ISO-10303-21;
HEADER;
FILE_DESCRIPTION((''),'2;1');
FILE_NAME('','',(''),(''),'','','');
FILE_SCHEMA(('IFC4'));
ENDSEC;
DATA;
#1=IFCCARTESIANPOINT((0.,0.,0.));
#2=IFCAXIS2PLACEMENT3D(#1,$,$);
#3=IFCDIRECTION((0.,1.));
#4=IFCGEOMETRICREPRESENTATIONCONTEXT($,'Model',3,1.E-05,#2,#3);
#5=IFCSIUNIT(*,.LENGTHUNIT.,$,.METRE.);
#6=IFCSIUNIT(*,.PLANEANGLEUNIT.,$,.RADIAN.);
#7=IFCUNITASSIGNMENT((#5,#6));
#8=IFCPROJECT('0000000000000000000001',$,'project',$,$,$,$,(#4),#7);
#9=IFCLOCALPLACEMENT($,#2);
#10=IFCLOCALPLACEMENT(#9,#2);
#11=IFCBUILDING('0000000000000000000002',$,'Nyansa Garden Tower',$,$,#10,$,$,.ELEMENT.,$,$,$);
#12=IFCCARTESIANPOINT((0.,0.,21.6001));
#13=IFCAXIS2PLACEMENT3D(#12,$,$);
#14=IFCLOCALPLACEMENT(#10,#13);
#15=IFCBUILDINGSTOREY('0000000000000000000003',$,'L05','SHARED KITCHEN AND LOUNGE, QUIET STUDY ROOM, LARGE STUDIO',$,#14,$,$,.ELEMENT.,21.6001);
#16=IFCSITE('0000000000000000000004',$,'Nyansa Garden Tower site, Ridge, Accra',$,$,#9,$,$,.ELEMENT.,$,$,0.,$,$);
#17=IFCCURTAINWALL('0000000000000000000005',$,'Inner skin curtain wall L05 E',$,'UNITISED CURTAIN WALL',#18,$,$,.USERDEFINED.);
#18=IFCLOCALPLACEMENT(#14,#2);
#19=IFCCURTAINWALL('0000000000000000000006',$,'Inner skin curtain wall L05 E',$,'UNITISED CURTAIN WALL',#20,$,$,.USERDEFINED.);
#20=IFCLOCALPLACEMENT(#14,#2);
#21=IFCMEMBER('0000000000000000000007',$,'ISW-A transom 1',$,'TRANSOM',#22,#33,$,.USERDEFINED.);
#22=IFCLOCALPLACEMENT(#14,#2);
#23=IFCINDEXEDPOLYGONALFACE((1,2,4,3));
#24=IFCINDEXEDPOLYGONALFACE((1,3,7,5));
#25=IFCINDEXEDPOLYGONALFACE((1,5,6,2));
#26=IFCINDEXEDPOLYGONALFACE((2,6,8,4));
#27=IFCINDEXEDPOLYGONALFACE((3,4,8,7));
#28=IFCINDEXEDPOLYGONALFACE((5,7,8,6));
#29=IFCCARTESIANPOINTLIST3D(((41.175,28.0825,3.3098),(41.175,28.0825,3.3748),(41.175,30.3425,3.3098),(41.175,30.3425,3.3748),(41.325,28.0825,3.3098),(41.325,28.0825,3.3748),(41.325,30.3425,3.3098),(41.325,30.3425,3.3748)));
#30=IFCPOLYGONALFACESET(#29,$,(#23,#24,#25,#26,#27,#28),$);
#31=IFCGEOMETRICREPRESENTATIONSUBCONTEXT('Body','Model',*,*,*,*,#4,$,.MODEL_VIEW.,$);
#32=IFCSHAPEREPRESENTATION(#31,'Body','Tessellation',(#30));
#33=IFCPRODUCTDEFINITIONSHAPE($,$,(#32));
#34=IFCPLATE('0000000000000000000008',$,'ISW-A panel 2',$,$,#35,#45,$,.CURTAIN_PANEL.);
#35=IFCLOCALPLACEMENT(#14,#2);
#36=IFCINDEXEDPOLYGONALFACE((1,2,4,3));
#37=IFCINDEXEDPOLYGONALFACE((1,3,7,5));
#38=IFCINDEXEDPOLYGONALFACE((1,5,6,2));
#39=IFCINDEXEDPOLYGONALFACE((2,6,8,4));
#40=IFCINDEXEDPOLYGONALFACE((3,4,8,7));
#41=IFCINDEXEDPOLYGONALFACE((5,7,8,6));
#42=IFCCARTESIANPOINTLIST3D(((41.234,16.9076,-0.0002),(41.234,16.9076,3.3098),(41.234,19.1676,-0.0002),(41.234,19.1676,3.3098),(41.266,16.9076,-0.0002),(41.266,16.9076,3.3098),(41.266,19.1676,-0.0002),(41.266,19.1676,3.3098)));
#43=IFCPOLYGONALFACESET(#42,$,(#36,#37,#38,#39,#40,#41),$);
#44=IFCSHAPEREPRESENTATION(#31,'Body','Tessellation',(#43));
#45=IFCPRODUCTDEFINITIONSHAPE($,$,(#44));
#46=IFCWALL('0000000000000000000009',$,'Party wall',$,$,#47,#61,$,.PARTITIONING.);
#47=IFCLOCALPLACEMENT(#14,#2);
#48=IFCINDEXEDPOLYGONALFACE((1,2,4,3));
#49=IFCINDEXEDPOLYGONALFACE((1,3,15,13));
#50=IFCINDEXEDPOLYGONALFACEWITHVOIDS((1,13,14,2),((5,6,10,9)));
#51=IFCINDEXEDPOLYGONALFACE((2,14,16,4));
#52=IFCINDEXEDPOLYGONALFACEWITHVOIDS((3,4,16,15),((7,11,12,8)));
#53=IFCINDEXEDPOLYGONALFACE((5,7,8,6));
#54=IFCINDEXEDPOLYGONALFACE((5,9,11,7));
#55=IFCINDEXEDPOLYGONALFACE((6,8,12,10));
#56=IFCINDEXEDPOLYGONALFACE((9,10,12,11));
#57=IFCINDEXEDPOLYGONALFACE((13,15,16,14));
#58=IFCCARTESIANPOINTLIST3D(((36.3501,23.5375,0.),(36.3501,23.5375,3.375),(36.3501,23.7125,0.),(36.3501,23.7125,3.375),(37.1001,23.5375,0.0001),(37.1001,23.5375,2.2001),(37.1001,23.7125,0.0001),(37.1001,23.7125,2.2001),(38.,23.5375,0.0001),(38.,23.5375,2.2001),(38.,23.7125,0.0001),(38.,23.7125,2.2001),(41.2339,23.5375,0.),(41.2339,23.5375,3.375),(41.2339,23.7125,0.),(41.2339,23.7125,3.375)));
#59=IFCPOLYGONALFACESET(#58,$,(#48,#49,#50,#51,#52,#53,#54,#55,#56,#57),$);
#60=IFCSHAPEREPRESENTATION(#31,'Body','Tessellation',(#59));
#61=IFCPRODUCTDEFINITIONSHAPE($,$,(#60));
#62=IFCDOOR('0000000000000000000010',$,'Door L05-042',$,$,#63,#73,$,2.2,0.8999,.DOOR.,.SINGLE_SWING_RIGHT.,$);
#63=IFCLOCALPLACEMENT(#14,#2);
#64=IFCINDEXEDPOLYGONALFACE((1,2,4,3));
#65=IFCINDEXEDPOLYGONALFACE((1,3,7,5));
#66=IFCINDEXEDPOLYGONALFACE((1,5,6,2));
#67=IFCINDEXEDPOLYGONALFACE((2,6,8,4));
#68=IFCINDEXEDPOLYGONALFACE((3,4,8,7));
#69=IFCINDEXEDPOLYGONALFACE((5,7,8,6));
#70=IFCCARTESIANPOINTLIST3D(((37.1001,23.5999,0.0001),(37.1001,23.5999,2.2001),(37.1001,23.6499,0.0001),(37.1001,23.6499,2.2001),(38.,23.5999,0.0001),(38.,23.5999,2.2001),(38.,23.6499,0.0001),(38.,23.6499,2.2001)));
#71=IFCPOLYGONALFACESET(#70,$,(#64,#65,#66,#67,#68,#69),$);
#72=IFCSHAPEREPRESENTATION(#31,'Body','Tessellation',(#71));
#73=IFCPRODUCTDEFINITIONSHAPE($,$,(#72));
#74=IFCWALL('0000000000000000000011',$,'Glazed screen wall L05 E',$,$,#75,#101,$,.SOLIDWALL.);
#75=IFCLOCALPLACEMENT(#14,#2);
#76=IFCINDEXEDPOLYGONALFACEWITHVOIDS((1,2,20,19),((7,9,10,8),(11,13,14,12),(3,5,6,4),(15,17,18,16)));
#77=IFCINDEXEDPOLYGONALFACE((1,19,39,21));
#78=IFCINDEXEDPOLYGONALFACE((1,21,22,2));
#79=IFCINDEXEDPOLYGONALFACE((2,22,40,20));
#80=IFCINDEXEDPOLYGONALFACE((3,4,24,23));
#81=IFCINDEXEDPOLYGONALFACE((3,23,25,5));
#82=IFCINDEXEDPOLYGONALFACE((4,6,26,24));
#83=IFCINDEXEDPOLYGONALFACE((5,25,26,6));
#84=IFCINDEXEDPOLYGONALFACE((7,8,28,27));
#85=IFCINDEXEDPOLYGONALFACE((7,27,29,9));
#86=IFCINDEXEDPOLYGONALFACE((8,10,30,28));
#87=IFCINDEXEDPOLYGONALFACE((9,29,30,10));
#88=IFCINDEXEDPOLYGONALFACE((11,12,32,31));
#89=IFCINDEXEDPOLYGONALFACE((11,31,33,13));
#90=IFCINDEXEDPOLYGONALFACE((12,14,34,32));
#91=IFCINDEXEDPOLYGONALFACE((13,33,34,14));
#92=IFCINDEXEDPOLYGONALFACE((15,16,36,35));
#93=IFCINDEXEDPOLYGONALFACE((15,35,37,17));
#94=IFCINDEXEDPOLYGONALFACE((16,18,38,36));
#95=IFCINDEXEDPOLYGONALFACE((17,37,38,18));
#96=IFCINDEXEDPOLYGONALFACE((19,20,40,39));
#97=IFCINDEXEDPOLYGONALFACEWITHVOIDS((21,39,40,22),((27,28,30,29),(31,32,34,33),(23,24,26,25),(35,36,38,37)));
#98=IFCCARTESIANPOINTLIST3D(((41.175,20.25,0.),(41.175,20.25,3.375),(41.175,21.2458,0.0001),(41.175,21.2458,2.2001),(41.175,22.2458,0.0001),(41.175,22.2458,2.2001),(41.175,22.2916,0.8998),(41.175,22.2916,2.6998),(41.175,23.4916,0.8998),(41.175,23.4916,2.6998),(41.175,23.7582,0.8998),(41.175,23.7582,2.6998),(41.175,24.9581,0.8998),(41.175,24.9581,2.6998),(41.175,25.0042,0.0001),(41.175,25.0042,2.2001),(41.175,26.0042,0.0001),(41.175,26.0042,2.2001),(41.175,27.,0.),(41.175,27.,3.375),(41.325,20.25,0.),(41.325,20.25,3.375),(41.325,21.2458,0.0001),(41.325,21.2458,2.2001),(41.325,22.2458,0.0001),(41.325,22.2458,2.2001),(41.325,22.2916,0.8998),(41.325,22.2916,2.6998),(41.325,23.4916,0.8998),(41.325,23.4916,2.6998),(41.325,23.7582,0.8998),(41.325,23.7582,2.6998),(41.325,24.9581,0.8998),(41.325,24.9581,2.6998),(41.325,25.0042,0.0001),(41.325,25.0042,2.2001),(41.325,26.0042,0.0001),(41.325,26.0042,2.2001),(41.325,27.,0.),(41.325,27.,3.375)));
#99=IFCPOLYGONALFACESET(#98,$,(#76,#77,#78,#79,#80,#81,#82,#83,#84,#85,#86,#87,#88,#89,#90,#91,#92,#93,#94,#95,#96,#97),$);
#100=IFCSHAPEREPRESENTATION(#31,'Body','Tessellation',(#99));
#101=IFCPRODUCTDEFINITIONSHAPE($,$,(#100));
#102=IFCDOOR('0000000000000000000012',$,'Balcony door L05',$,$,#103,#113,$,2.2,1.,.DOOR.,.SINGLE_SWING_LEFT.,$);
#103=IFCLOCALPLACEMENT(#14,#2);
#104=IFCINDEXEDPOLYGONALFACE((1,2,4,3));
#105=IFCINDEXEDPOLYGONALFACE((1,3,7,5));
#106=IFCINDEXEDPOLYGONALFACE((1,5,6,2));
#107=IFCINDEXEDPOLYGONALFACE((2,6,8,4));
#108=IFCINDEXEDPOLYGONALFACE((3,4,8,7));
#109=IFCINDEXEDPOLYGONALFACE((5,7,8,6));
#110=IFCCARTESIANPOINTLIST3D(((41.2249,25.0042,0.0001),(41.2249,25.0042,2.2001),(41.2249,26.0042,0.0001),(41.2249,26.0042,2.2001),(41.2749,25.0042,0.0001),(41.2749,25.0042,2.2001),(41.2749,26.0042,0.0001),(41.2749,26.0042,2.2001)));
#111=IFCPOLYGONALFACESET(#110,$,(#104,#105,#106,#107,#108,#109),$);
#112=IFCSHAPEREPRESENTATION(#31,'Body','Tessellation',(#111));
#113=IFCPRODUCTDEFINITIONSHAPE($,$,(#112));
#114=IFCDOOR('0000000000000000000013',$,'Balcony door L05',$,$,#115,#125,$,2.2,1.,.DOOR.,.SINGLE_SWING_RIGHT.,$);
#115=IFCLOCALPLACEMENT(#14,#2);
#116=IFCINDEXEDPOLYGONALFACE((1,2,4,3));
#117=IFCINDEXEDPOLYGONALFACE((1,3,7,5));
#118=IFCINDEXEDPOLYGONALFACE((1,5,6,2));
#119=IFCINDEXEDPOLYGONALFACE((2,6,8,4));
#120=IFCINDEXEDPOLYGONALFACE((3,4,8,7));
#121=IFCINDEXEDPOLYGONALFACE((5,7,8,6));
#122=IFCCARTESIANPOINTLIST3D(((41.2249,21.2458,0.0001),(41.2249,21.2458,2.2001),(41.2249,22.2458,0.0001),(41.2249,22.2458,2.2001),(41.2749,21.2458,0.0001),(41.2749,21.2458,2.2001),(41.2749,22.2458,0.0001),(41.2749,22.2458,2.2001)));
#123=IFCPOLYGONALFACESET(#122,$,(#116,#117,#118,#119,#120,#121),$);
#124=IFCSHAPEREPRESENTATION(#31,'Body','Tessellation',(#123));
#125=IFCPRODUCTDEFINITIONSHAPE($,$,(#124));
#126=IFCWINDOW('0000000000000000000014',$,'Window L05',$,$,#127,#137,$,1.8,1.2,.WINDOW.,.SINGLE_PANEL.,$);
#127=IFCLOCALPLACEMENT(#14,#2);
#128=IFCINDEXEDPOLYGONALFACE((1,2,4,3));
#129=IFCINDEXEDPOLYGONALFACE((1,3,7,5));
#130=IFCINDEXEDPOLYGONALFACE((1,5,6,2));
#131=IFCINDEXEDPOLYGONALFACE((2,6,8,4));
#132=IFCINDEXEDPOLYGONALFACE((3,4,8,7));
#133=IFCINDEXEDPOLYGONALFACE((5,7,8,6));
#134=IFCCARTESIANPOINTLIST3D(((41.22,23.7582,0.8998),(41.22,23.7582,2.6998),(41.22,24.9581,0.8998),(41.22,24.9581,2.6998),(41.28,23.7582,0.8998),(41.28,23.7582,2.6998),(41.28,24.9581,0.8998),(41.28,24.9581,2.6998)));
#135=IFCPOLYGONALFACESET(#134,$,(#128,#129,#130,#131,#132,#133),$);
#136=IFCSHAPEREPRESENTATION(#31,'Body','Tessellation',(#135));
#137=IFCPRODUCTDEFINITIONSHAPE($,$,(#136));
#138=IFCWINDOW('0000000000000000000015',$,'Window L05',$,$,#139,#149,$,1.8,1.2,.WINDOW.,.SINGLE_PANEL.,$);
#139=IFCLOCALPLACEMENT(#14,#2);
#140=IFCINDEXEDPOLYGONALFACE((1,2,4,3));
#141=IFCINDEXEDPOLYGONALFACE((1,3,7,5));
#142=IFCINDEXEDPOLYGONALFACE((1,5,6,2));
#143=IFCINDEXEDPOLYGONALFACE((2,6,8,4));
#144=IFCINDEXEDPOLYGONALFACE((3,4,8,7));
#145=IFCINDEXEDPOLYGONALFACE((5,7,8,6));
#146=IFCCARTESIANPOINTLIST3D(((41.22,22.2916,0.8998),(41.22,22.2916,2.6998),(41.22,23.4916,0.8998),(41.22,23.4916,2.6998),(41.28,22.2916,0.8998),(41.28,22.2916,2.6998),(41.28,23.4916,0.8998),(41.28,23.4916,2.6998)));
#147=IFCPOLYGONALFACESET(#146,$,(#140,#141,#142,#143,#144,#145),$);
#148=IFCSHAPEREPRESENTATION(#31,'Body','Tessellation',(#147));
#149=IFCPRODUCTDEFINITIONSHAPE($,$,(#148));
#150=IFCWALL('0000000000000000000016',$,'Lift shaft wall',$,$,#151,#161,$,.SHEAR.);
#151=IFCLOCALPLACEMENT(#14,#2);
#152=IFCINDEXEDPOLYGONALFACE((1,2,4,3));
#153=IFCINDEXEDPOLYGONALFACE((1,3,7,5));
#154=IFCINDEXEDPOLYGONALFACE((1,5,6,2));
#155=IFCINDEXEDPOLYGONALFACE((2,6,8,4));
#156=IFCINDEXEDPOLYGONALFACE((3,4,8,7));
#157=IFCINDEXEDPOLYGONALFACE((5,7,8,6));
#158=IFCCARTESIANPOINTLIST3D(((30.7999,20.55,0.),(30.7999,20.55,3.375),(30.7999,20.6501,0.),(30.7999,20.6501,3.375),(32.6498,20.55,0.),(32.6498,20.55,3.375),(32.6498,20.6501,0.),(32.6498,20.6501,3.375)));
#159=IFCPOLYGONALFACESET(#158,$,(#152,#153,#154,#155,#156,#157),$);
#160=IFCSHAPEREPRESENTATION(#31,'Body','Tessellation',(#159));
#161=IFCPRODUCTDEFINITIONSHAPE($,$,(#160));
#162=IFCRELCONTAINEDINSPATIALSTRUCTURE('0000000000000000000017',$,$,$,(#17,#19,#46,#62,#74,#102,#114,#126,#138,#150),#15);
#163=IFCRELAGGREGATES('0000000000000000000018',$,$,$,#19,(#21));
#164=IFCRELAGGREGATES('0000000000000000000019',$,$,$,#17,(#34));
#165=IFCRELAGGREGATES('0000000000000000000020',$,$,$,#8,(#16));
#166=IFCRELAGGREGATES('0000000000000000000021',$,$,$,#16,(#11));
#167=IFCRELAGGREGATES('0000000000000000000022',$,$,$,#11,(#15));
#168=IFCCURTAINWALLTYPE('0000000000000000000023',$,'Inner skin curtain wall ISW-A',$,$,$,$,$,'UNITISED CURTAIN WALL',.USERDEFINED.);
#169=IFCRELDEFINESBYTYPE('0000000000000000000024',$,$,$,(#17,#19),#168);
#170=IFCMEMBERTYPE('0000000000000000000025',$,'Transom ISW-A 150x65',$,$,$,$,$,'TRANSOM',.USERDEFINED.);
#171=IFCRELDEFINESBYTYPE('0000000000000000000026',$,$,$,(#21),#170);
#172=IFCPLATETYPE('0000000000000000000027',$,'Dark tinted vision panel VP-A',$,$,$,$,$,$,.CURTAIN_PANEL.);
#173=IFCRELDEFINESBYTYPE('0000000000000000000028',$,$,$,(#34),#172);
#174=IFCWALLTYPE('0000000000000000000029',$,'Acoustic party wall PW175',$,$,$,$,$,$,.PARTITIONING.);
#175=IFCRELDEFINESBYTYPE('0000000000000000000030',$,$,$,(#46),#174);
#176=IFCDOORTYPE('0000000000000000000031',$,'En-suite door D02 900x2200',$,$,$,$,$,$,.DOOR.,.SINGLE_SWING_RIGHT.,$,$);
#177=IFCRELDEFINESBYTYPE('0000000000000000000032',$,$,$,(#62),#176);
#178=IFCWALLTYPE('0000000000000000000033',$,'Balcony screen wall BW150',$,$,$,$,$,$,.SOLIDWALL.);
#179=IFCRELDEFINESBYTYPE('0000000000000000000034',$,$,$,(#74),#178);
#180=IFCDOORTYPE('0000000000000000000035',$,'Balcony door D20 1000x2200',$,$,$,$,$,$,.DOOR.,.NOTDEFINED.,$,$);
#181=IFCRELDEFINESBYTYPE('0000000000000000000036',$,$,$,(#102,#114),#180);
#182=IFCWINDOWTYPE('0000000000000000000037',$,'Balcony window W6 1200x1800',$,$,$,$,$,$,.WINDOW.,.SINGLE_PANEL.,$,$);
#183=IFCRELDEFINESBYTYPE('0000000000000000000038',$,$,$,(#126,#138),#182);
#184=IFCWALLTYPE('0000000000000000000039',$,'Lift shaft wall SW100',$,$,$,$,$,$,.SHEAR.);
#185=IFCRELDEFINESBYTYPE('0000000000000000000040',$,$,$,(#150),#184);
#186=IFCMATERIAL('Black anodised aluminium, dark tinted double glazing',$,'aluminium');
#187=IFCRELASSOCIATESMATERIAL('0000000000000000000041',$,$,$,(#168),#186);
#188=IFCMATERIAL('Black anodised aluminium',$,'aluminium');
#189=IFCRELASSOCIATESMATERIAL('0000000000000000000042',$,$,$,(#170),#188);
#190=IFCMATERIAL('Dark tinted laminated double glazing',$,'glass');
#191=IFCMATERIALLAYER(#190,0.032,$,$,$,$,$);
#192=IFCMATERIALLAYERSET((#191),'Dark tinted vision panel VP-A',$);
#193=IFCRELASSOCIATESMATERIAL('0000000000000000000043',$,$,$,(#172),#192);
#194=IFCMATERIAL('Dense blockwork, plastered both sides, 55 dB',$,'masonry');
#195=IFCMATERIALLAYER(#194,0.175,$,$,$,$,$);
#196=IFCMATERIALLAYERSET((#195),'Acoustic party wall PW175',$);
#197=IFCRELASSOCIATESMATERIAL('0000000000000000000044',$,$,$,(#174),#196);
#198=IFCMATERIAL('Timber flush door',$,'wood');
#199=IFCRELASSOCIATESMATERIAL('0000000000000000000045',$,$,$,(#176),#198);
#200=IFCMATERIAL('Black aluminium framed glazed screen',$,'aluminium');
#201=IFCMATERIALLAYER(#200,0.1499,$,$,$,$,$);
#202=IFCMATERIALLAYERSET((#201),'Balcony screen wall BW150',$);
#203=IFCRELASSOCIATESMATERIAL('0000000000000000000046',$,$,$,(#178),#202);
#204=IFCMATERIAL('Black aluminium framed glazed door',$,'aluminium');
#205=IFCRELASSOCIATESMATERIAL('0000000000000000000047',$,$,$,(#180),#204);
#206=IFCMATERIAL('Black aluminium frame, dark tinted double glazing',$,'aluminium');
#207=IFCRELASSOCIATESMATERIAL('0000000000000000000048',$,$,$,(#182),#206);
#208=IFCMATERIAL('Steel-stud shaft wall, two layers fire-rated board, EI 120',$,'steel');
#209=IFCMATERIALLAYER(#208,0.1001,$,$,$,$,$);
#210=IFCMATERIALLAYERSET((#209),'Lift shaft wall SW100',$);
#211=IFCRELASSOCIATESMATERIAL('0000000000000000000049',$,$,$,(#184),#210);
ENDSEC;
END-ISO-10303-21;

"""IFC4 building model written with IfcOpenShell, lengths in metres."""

from ifc_helpers import new_model, si_unit, direction, frame, frame_2d, origin, origin_2d, place, context, subcontext, project, spatial, rectangle, extrude, material, layer, layer_set, material_profile, profile_set, type_object, element, fill, aggregate, save


model = new_model("IFC4")

# Units and contexts
model_context = context("Model", 3, precision=1e-05, world=origin(), true_north=direction((0.0, 1.0)))
body_context = subcontext(model_context, "Body", "Model", "MODEL_VIEW")
ifc_project = project(units=[si_unit("LENGTHUNIT", "METRE"), si_unit("PLANEANGLEUNIT", "RADIAN")], contexts=[model_context])

# Site, building, storey
site_placement = place(None, origin())
site = spatial("IfcSite", under=ifc_project, at=site_placement, Name="Nyansa Garden Tower site, Ridge, Accra", CompositionType="ELEMENT", RefElevation=0.0)
building_placement = place(site_placement, origin())
building = spatial("IfcBuilding", under=site, at=building_placement, Name="Nyansa Garden Tower", CompositionType="ELEMENT")
storey_placement = place(building_placement, frame((0.0, 0.0, 21.6001)))
storey = spatial("IfcBuildingStorey", under=building, at=storey_placement, Name="L05", Description="SHARED KITCHEN AND LOUNGE, QUIET STUDY ROOM, LARGE STUDIO", CompositionType="ELEMENT", Elevation=21.6001)

# Curtain walls
ifc_material_1 = material(Name="Black anodised aluminium, dark tinted double glazing", Category="aluminium")
curtain_wall_type = type_object("IfcCurtainWallType", Name="Inner skin curtain wall ISW-A", ElementType="UNITISED CURTAIN WALL", PredefinedType="USERDEFINED", material=ifc_material_1)
curtain_wall_1_placement = place(storey_placement, origin())
curtain_wall_1 = element("IfcCurtainWall", 1, at=curtain_wall_1_placement, inside=storey, type_object=curtain_wall_type, Name="Inner skin curtain wall L05 E", ObjectType="UNITISED CURTAIN WALL", PredefinedType="USERDEFINED")
curtain_wall_2_placement = place(storey_placement, origin())
curtain_wall_2 = element("IfcCurtainWall", 2, at=curtain_wall_2_placement, inside=storey, type_object=curtain_wall_type, Name="Inner skin curtain wall L05 E", ObjectType="UNITISED CURTAIN WALL", PredefinedType="USERDEFINED")

# Member
ifc_material_2 = material(Name="Black anodised aluminium", Category="aluminium")
ifc_material_profile_1 = material_profile(ifc_material_2, rectangle(XDim=0.1499, YDim=0.0649, at=origin_2d()), Name="Transom 150x65")
ifc_profile_set_1 = profile_set([ifc_material_profile_1], Name="Black anodised aluminium")
member_type_1 = type_object("IfcMemberType", Name="Transom ISW-A 150x65", ElementType="TRANSOM", PredefinedType="USERDEFINED", material=ifc_profile_set_1)
member_1_placement = place(storey_placement, frame((41.25, 28.0825, 3.3423), z_axis=(0.0, 1.0, 0.0), x_axis=(-1.0, 0.0, 0.0)))
member_1 = element("IfcMember", 3, at=member_1_placement, type_object=member_type_1, Name="ISW-A transom 1", ObjectType="TRANSOM", PredefinedType="USERDEFINED", context=body_context, shape_type="SweptSolid", body=[
    extrude(rectangle(XDim=0.1499, YDim=0.0649, at=origin_2d()), origin(), (0.0, 0.0, 1.0), 2.26),
])
aggregate(curtain_wall_2, [member_1])

# Plate
ifc_material_3 = material(Name="Dark tinted laminated double glazing", Category="glass")
ifc_layer_1 = layer(ifc_material_3, 0.032)
ifc_layer_set_1 = layer_set([ifc_layer_1], Name="Dark tinted vision panel VP-A")
plate_type = type_object("IfcPlateType", Name="Dark tinted vision panel VP-A", PredefinedType="CURTAIN_PANEL", material=ifc_layer_set_1)
plate_placement = place(storey_placement, frame((41.25, 18.0376, -0.0002), z_axis=(0.0, 0.0, 1.0), x_axis=(0.0, 1.0, 0.0)))
plate = element("IfcPlate", 4, at=plate_placement, type_object=plate_type, Name="ISW-A panel 2", PredefinedType="CURTAIN_PANEL", context=body_context, shape_type="SweptSolid", body=[
    extrude(rectangle(XDim=2.26, YDim=0.032, at=origin_2d()), origin(), (0.0, 0.0, 1.0), 3.3101),
])
aggregate(curtain_wall_1, [plate])

# Wall, opening, door
ifc_material_4 = material(Name="Dense blockwork, plastered both sides, 55 dB", Category="masonry")
ifc_layer_2 = layer(ifc_material_4, 0.175)
ifc_layer_set_2 = layer_set([ifc_layer_2], Name="Acoustic party wall PW175")
wall_type_1 = type_object("IfcWallType", Name="Acoustic party wall PW175", PredefinedType="PARTITIONING", material=ifc_layer_set_2)
wall_1_placement = place(storey_placement, frame((36.3501, 23.625, 0.0), z_axis=(0.0, 0.0, 1.0), x_axis=(1.0, 0.0, 0.0)))
wall_1 = element("IfcWall", 5, at=wall_1_placement, inside=storey, type_object=wall_type_1, Name="Party wall", PredefinedType="PARTITIONING", context=body_context, shape_type="SweptSolid", body=[
    extrude(rectangle(XDim=4.8838, YDim=0.175, at=frame_2d((2.4419, 0.0))), origin(), (0.0, 0.0, 1.0), 3.375),
])
opening_1_placement = place(wall_1_placement, frame((0.75, 0.0, 0.0)))
opening_1 = element("IfcOpeningElement", 6, at=opening_1_placement, cuts=wall_1, PredefinedType="OPENING", context=body_context, shape_type="SweptSolid", body=[
    extrude(rectangle(XDim=0.8999, YDim=2.2, at=frame_2d((0.45, 1.1001))), frame((0.0, 0.0974, 0.0), z_axis=(0.0, -1.0, 0.0), x_axis=(1.0, 0.0, 0.0)), (0.0, 0.0, 1.0), 0.1951),
])
ifc_material_5 = material(Name="Timber flush door", Category="wood")
door_type_1 = type_object("IfcDoorType", Name="En-suite door D02 900x2200", OperationType="SINGLE_SWING_RIGHT", PredefinedType="DOOR", material=ifc_material_5)
door_1_placement = place(opening_1_placement, origin())
door_1 = element("IfcDoor", 7, at=door_1_placement, inside=storey, type_object=door_type_1, Name="Door L05-042", OperationType="SINGLE_SWING_RIGHT", OverallHeight=2.2, OverallWidth=0.8999, PredefinedType="DOOR", context=body_context, shape_type="SweptSolid", body=[
    extrude(rectangle(XDim=0.8999, YDim=2.2, at=frame_2d((0.45, 1.1001))), frame((0.0, 0.0249, 0.0), z_axis=(0.0, -1.0, 0.0), x_axis=(1.0, 0.0, 0.0)), (0.0, 0.0, 1.0), 0.05),
])
fill(opening_1, door_1)

# Wall, openings, doors, windows
ifc_material_6 = material(Name="Black aluminium framed glazed screen", Category="aluminium")
ifc_layer_3 = layer(ifc_material_6, 0.1499)
ifc_layer_set_3 = layer_set([ifc_layer_3], Name="Balcony screen wall BW150")
wall_type_2 = type_object("IfcWallType", Name="Balcony screen wall BW150", PredefinedType="SOLIDWALL", material=ifc_layer_set_3)
wall_2_placement = place(storey_placement, frame((41.25, 27.0, 0.0), z_axis=(0.0, 0.0, 1.0), x_axis=(0.0, -1.0, 0.0)))
wall_2 = element("IfcWall", 8, at=wall_2_placement, inside=storey, type_object=wall_type_2, Name="Glazed screen wall L05 E", PredefinedType="SOLIDWALL", context=body_context, shape_type="SweptSolid", body=[
    extrude(rectangle(XDim=6.75, YDim=0.1499, at=frame_2d((3.375, 0.0))), origin(), (0.0, 0.0, 1.0), 3.375),
])
opening_2_placement = place(wall_2_placement, frame((0.9958, 0.0, 0.0)))
opening_2 = element("IfcOpeningElement", 9, at=opening_2_placement, cuts=wall_2, PredefinedType="OPENING", context=body_context, shape_type="SweptSolid", body=[
    extrude(rectangle(XDim=1.0, YDim=2.2, at=frame_2d((0.5, 1.1001))), frame((0.0, 0.085, 0.0), z_axis=(0.0, -1.0, 0.0), x_axis=(1.0, 0.0, 0.0)), (0.0, 0.0, 1.0), 0.1699),
])
opening_3_placement = place(wall_2_placement, frame((2.0417, 0.0, 0.8999)))
opening_3 = element("IfcOpeningElement", 10, at=opening_3_placement, cuts=wall_2, PredefinedType="OPENING", context=body_context, shape_type="SweptSolid", body=[
    extrude(rectangle(XDim=1.2, YDim=1.8, at=frame_2d((0.6001, 0.8999))), frame((0.0, 0.085, 0.0), z_axis=(0.0, -1.0, 0.0), x_axis=(1.0, 0.0, 0.0)), (0.0, 0.0, 1.0), 0.1699),
])
opening_4_placement = place(wall_2_placement, frame((4.7542, 0.0, 0.0)))
opening_4 = element("IfcOpeningElement", 11, at=opening_4_placement, cuts=wall_2, PredefinedType="OPENING", context=body_context, shape_type="SweptSolid", body=[
    extrude(rectangle(XDim=1.0, YDim=2.2, at=frame_2d((0.5, 1.1001))), frame((0.0, 0.085, 0.0), z_axis=(0.0, -1.0, 0.0), x_axis=(1.0, 0.0, 0.0)), (0.0, 0.0, 1.0), 0.1699),
])
opening_5_placement = place(wall_2_placement, frame((3.5083, 0.0, 0.8999)))
opening_5 = element("IfcOpeningElement", 12, at=opening_5_placement, cuts=wall_2, PredefinedType="OPENING", context=body_context, shape_type="SweptSolid", body=[
    extrude(rectangle(XDim=1.2, YDim=1.8, at=frame_2d((0.6001, 0.8999))), frame((0.0, 0.085, 0.0), z_axis=(0.0, -1.0, 0.0), x_axis=(1.0, 0.0, 0.0)), (0.0, 0.0, 1.0), 0.1699),
])
ifc_material_7 = material(Name="Black aluminium framed glazed door", Category="aluminium")
door_type_2 = type_object("IfcDoorType", Name="Balcony door D20 1000x2200", OperationType="NOTDEFINED", PredefinedType="DOOR", material=ifc_material_7)
door_2_placement = place(opening_2_placement, origin())
door_2 = element("IfcDoor", 13, at=door_2_placement, inside=storey, type_object=door_type_2, Name="Balcony door L05", OperationType="SINGLE_SWING_LEFT", OverallHeight=2.2, OverallWidth=1.0, PredefinedType="DOOR", context=body_context, shape_type="SweptSolid", body=[
    extrude(rectangle(XDim=1.0, YDim=2.2, at=frame_2d((0.5, 1.1001))), frame((0.0, 0.0249, 0.0), z_axis=(0.0, -1.0, 0.0), x_axis=(1.0, 0.0, 0.0)), (0.0, 0.0, 1.0), 0.05),
])
fill(opening_2, door_2)
door_3_placement = place(opening_4_placement, origin())
door_3 = element("IfcDoor", 14, at=door_3_placement, inside=storey, type_object=door_type_2, Name="Balcony door L05", OperationType="SINGLE_SWING_RIGHT", OverallHeight=2.2, OverallWidth=1.0, PredefinedType="DOOR", context=body_context, shape_type="SweptSolid", body=[
    extrude(rectangle(XDim=1.0, YDim=2.2, at=frame_2d((0.5, 1.1001))), frame((0.0, 0.0249, 0.0), z_axis=(0.0, -1.0, 0.0), x_axis=(1.0, 0.0, 0.0)), (0.0, 0.0, 1.0), 0.05),
])
fill(opening_4, door_3)
ifc_material_8 = material(Name="Black aluminium frame, dark tinted double glazing", Category="aluminium")
window_type = type_object("IfcWindowType", Name="Balcony window W6 1200x1800", PartitioningType="SINGLE_PANEL", PredefinedType="WINDOW", material=ifc_material_8)
window_1_placement = place(opening_3_placement, origin())
window_1 = element("IfcWindow", 15, at=window_1_placement, inside=storey, type_object=window_type, Name="Window L05", OverallHeight=1.8, OverallWidth=1.2, PartitioningType="SINGLE_PANEL", PredefinedType="WINDOW", context=body_context, shape_type="SweptSolid", body=[
    extrude(rectangle(XDim=1.2, YDim=1.8, at=frame_2d((0.6001, 0.8999))), frame((0.0, 0.03, 0.0), z_axis=(0.0, -1.0, 0.0), x_axis=(1.0, 0.0, 0.0)), (0.0, 0.0, 1.0), 0.0601),
])
fill(opening_3, window_1)
window_2_placement = place(opening_5_placement, origin())
window_2 = element("IfcWindow", 16, at=window_2_placement, inside=storey, type_object=window_type, Name="Window L05", OverallHeight=1.8, OverallWidth=1.2, PartitioningType="SINGLE_PANEL", PredefinedType="WINDOW", context=body_context, shape_type="SweptSolid", body=[
    extrude(rectangle(XDim=1.2, YDim=1.8, at=frame_2d((0.6001, 0.8999))), frame((0.0, 0.03, 0.0), z_axis=(0.0, -1.0, 0.0), x_axis=(1.0, 0.0, 0.0)), (0.0, 0.0, 1.0), 0.0601),
])
fill(opening_5, window_2)

# Wall
ifc_material_9 = material(Name="Steel-stud shaft wall, two layers fire-rated board, EI 120", Category="steel")
ifc_layer_4 = layer(ifc_material_9, 0.1001)
ifc_layer_set_4 = layer_set([ifc_layer_4], Name="Lift shaft wall SW100")
wall_type_3 = type_object("IfcWallType", Name="Lift shaft wall SW100", PredefinedType="SHEAR", material=ifc_layer_set_4)
for number, where, z_axis, x_axis, name in (
    (17, (30.8, 20.6001, 0.0), (0.0, 0.0, 1.0), (1.0, 0.0, 0.0), "Lift shaft wall"),
):
    element("IfcWall", number, at=place(storey_placement, frame(where, z_axis=z_axis, x_axis=x_axis)), inside=storey, type_object=wall_type_3, Name=name, PredefinedType="SHEAR", context=body_context, shape_type="SweptSolid", body=[
        extrude(rectangle(XDim=1.8499, YDim=0.1001, at=frame_2d((0.9248, 0.0))), origin(), (0.0, 0.0, 1.0), 3.375),
    ])

save(model, "model.ifc")
